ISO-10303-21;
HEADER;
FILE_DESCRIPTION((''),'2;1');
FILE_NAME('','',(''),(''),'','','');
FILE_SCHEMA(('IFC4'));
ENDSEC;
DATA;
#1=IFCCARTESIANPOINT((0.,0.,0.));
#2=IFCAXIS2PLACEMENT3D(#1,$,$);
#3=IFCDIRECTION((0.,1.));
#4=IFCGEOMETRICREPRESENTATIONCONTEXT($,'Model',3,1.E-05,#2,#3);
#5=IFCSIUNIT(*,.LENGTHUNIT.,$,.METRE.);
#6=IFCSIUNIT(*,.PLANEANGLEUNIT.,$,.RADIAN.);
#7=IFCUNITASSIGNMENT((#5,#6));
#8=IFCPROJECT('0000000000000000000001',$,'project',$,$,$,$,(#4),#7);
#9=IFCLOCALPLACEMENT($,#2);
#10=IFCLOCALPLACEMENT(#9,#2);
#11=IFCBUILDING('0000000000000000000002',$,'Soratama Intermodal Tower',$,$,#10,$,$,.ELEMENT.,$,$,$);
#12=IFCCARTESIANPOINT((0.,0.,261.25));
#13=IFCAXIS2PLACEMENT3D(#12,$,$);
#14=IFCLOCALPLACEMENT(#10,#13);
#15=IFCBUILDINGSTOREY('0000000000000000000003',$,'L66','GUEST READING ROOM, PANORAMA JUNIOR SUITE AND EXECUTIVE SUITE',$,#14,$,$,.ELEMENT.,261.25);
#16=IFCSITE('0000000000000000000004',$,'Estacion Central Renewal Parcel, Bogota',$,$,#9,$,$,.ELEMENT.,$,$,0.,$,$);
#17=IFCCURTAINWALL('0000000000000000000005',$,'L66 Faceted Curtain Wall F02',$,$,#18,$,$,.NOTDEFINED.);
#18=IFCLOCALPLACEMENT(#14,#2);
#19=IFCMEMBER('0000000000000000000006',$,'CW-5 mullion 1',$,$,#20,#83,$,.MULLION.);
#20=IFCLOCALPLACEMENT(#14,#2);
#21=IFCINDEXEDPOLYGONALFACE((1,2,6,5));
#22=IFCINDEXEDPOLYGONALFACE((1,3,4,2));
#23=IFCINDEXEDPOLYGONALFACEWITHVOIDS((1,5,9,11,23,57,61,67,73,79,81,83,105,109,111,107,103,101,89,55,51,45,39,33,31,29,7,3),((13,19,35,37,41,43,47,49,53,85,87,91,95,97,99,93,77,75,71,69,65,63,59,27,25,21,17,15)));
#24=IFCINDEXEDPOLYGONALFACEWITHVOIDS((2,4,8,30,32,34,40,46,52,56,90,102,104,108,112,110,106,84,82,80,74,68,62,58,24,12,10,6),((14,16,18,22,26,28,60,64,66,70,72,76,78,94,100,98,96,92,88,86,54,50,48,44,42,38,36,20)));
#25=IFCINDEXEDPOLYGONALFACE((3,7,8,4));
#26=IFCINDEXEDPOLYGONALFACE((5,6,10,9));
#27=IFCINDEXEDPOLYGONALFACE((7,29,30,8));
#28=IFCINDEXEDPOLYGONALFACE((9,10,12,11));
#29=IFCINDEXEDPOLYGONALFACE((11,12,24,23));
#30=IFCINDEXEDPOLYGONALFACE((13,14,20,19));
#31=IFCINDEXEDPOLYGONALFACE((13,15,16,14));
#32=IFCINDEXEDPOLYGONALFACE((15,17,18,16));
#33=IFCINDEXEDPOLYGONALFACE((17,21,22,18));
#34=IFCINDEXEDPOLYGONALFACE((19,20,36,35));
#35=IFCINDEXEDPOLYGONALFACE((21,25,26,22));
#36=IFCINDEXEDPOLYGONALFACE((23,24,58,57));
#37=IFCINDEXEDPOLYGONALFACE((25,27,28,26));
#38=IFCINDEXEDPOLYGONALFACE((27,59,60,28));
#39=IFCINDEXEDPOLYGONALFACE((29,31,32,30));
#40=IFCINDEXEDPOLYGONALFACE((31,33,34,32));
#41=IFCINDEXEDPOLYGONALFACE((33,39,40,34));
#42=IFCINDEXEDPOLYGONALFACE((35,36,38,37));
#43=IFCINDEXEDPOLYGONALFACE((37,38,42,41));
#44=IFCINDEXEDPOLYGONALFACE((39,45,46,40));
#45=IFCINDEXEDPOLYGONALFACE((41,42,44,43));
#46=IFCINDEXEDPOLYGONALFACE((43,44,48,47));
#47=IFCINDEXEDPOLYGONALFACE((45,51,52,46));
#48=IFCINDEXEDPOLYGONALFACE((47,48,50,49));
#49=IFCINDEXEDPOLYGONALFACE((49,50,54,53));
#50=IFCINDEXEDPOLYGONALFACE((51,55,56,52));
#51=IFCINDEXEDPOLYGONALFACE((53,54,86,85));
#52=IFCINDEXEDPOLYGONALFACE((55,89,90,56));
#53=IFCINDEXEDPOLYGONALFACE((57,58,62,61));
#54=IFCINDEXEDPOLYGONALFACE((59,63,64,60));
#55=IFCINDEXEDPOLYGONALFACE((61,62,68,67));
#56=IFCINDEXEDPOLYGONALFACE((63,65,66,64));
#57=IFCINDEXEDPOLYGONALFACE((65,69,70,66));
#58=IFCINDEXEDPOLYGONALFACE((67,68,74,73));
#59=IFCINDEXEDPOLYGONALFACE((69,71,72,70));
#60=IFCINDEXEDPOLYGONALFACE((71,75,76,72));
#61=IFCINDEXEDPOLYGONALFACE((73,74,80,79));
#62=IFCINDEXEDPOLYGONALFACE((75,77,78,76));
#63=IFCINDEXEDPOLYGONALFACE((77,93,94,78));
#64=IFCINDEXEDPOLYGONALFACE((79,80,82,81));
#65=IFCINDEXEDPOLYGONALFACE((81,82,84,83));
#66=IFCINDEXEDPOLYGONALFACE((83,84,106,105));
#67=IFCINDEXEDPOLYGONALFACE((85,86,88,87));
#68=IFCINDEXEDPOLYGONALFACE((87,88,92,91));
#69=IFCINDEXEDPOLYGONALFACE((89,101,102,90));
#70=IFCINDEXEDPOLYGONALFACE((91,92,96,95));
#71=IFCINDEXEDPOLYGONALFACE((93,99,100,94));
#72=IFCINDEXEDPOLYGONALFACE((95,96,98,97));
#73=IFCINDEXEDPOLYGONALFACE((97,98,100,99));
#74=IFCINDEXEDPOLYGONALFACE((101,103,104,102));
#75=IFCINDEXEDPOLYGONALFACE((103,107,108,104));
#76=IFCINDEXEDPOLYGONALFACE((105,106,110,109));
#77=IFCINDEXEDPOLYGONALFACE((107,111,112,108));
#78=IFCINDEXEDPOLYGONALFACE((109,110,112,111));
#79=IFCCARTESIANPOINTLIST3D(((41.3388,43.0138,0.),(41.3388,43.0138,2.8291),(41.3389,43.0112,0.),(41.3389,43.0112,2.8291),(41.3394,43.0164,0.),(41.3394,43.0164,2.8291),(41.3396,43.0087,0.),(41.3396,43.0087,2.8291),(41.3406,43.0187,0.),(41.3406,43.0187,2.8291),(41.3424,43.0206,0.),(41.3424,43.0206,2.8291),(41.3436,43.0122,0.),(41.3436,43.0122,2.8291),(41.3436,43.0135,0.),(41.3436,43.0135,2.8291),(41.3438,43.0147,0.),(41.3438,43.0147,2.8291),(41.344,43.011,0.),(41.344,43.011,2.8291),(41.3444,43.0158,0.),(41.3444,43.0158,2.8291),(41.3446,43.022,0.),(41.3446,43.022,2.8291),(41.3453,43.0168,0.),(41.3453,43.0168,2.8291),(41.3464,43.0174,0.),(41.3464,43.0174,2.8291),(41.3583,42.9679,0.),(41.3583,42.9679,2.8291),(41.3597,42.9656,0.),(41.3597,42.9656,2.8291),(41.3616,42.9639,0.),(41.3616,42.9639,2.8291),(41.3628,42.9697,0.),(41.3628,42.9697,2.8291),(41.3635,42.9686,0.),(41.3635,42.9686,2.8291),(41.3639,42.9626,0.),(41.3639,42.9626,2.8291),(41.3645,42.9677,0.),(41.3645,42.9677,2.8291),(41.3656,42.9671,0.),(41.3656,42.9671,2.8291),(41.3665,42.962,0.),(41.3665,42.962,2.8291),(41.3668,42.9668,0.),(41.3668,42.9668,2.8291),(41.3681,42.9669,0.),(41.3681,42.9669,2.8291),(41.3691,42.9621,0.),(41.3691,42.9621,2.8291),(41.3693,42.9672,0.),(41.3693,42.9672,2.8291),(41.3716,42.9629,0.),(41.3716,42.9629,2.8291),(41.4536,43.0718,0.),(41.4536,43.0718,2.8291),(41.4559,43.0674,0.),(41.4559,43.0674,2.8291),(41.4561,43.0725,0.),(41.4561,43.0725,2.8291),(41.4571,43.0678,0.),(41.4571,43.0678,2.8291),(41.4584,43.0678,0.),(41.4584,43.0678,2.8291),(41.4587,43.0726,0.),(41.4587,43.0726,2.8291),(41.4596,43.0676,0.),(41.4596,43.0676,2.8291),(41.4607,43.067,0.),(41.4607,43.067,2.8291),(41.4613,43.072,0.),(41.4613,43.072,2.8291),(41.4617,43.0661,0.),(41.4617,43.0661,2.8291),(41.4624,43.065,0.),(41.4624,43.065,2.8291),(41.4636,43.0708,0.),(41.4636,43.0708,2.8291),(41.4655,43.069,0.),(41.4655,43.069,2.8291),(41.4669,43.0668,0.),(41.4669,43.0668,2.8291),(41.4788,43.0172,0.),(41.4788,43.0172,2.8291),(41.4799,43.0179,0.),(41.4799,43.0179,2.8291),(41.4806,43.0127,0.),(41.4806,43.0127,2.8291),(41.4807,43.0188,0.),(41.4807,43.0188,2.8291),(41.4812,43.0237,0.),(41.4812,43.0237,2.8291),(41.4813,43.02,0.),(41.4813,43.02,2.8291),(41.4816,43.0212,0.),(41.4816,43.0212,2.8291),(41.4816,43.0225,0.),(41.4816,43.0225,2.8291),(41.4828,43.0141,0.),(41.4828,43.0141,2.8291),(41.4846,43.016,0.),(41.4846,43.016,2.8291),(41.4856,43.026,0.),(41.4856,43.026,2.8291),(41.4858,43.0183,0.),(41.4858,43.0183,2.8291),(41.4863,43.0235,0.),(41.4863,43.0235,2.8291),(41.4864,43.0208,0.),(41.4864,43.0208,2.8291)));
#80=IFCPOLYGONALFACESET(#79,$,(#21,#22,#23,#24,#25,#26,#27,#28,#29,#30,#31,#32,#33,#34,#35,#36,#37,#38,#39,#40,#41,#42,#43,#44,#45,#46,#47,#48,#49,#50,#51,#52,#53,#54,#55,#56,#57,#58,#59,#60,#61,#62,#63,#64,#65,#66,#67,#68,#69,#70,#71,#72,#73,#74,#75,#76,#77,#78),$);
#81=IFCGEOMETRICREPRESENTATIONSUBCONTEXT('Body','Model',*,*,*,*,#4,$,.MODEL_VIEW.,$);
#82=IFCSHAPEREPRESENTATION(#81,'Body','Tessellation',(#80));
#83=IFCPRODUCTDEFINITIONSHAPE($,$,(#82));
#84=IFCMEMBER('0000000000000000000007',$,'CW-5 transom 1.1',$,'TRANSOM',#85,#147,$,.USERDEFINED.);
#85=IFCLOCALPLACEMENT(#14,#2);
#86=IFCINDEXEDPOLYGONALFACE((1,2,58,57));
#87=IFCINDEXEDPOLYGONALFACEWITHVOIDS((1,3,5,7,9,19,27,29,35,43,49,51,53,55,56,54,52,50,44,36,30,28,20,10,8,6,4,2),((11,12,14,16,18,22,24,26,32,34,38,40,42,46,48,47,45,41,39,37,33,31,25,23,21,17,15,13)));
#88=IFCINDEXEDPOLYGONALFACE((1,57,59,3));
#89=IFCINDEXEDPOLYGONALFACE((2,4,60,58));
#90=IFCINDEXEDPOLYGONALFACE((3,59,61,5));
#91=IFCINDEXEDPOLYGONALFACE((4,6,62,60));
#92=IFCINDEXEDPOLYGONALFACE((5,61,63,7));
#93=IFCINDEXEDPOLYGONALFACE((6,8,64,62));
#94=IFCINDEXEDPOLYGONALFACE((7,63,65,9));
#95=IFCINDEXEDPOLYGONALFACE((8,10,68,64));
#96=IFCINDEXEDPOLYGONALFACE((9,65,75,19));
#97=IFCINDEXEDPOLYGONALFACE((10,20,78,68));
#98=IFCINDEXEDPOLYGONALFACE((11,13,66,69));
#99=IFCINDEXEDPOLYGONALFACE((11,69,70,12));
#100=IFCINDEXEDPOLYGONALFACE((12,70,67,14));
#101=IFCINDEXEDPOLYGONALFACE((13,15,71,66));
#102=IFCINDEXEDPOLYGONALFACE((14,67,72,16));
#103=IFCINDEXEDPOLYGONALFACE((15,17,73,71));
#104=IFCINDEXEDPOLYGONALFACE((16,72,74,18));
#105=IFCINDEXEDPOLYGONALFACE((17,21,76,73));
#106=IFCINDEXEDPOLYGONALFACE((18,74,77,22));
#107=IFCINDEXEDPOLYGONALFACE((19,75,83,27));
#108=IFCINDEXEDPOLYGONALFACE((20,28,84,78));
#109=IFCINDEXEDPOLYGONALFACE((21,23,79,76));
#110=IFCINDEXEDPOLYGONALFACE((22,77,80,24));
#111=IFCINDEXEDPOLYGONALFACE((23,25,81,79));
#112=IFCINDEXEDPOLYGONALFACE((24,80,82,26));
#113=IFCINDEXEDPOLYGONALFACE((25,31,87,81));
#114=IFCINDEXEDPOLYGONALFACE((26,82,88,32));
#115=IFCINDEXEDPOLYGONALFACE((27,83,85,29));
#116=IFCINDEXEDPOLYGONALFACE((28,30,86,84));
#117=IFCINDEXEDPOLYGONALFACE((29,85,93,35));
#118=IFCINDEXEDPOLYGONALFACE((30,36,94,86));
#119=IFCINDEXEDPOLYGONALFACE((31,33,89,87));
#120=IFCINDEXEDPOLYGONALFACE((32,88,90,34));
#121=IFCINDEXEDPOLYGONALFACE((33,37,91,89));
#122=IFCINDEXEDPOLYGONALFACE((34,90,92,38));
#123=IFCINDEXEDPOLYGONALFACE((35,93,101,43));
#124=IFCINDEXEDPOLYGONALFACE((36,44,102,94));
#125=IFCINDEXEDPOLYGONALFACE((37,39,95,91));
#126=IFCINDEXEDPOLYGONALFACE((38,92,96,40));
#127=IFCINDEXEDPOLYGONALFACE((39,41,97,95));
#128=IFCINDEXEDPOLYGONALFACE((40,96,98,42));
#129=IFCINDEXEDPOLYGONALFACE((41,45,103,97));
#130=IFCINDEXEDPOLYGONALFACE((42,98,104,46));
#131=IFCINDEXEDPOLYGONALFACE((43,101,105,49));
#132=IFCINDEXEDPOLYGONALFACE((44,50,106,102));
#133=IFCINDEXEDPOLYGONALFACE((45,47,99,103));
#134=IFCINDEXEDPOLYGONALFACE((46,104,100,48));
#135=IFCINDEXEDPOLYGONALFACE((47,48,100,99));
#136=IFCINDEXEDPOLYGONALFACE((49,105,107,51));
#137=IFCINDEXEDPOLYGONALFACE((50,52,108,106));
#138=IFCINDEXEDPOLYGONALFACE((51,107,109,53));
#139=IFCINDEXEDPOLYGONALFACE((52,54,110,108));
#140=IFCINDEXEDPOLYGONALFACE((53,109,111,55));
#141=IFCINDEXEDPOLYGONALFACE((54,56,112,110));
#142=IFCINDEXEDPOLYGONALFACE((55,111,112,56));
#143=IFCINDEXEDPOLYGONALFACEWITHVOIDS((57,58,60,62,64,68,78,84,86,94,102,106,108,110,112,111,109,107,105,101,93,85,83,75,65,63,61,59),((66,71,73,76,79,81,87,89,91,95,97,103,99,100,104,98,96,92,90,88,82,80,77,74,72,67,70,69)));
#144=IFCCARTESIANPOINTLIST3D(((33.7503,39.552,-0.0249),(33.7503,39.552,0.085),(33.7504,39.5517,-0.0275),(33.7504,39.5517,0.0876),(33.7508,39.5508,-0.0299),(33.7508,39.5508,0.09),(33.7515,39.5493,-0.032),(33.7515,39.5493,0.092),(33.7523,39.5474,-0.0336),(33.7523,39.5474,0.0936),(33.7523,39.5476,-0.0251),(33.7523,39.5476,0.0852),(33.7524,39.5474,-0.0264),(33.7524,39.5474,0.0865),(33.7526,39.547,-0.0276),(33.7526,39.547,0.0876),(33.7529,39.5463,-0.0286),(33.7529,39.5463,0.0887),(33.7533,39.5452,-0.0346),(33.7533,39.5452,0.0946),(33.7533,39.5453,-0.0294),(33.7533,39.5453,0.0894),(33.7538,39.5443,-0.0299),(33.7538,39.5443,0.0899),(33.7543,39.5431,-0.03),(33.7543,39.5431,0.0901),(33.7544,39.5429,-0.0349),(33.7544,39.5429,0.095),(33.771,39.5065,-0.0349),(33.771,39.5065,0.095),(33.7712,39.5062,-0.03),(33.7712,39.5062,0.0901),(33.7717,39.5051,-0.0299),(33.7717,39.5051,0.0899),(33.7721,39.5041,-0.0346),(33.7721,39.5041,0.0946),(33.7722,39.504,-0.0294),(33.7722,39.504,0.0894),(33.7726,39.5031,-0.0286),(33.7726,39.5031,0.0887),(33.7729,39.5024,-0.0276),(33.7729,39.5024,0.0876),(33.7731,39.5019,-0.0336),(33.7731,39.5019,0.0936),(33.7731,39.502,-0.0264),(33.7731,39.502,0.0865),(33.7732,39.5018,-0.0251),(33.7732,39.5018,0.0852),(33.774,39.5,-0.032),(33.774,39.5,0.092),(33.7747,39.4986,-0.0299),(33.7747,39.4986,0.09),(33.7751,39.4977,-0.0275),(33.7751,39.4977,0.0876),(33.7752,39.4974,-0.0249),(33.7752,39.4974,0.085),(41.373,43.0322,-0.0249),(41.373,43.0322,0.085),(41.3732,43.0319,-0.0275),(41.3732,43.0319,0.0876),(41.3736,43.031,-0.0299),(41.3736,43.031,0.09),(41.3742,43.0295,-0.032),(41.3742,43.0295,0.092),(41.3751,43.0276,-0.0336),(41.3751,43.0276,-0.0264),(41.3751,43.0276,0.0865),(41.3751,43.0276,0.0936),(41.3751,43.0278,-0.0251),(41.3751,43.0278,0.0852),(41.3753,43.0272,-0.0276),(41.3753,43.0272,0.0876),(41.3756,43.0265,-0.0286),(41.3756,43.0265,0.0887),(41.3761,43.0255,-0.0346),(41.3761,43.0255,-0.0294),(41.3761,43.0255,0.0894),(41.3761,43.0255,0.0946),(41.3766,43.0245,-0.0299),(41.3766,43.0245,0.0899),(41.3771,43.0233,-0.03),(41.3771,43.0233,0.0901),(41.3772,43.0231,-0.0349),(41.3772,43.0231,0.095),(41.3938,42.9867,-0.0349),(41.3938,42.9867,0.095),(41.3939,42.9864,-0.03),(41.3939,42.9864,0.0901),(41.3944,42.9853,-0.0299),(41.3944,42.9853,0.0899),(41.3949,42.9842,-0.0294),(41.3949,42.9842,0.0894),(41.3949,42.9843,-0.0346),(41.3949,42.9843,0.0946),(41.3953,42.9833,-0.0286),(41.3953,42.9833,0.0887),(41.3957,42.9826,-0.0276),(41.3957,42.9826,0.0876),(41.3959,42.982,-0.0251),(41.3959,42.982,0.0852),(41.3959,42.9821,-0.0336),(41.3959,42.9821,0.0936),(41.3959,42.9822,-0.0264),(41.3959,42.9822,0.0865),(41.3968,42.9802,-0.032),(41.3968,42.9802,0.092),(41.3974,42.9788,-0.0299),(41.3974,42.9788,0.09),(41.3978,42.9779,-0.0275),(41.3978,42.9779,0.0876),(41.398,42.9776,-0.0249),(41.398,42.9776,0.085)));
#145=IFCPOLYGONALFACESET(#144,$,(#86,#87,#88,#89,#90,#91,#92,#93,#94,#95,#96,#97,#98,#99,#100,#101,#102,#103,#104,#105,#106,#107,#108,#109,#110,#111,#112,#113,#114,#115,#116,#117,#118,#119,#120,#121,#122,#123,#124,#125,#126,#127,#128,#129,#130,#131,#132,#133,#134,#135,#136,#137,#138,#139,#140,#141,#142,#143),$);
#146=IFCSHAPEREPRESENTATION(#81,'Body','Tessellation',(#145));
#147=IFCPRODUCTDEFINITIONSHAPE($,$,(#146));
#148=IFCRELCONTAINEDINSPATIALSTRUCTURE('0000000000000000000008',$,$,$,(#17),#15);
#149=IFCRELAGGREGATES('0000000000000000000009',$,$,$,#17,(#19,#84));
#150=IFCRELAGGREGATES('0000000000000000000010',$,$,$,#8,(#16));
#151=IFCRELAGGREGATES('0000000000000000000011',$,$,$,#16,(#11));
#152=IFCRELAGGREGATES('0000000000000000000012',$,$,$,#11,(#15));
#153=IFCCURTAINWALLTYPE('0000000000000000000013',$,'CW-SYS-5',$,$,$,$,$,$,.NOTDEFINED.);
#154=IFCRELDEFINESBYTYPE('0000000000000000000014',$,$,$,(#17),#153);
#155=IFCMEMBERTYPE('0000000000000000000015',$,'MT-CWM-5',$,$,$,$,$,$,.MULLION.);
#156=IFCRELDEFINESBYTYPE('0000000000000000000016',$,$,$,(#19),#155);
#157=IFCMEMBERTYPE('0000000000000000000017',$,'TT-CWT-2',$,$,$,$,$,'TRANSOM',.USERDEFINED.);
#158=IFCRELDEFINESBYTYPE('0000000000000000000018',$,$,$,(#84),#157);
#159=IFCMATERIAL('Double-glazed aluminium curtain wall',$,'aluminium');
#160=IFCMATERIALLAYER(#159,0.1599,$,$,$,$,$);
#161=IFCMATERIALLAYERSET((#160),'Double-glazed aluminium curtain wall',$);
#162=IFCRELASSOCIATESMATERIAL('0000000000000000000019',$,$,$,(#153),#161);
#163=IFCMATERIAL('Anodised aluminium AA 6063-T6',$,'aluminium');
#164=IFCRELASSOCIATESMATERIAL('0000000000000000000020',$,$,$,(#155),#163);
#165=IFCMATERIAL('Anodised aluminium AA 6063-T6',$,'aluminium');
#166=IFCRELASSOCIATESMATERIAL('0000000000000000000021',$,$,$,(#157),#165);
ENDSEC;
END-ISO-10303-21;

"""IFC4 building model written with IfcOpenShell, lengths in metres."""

from ifc_helpers import new_model, si_unit, direction, frame, origin, origin_2d, place, context, subcontext, project, spatial, hollow_rectangle, extrude, material, layer, layer_set, material_profile, profile_set, type_object, element, aggregate, save


model = new_model("IFC4")

# Units and contexts
model_context = context("Model", 3, precision=1e-05, world=origin(), true_north=direction((0.0, 1.0)))
body_context = subcontext(model_context, "Body", "Model", "MODEL_VIEW")
ifc_project = project(units=[si_unit("LENGTHUNIT", "METRE"), si_unit("PLANEANGLEUNIT", "RADIAN")], contexts=[model_context])

# Site, building, storey
site_placement = place(None, origin())
site = spatial("IfcSite", under=ifc_project, at=site_placement, Name="Estacion Central Renewal Parcel, Bogota", CompositionType="ELEMENT", RefElevation=0.0)
building_placement = place(site_placement, origin())
building = spatial("IfcBuilding", under=site, at=building_placement, Name="Soratama Intermodal Tower", CompositionType="ELEMENT")
storey_placement = place(building_placement, frame((0.0, 0.0, 261.25)))
storey = spatial("IfcBuildingStorey", under=building, at=storey_placement, Name="L66", Description="GUEST READING ROOM, PANORAMA JUNIOR SUITE AND EXECUTIVE SUITE", CompositionType="ELEMENT", Elevation=261.25)

# Curtain wall, members
ifc_material_1 = material(Name="Double-glazed aluminium curtain wall", Category="aluminium")
ifc_layer_1 = layer(ifc_material_1, 0.1599)
ifc_layer_set_1 = layer_set([ifc_layer_1], Name="Double-glazed aluminium curtain wall")
curtain_wall_type = type_object("IfcCurtainWallType", Name="CW-SYS-5", PredefinedType="NOTDEFINED", material=ifc_layer_set_1)
curtain_wall_placement = place(storey_placement, origin())
curtain_wall = element("IfcCurtainWall", 1, at=curtain_wall_placement, inside=storey, type_object=curtain_wall_type, Name="L66 Faceted Curtain Wall F02", PredefinedType="NOTDEFINED")
ifc_material_2 = material(Name="Anodised aluminium AA 6063-T6", Category="aluminium")
ifc_material_profile_1 = material_profile(ifc_material_2, hollow_rectangle(XDim=0.0649, YDim=0.1399, WallThickness=0.0049, InnerFilletRadius=0.0049, OuterFilletRadius=0.01, at=origin_2d()), Name="CWM140X65X5")
ifc_profile_set_1 = profile_set([ifc_material_profile_1], Name="Anodised aluminium AA 6063-T6")
member_type_1 = type_object("IfcMemberType", Name="MT-CWM-5", PredefinedType="MULLION", material=ifc_profile_set_1)
member_1_placement = place(storey_placement, frame((41.4126, 43.0173, 0.0), z_axis=(0.0, 0.0, 1.0), x_axis=(0.415329, -0.909671, 0.0)))
member_1 = element("IfcMember", 2, at=member_1_placement, type_object=member_type_1, Name="CW-5 mullion 1", PredefinedType="MULLION", context=body_context, shape_type="SweptSolid", body=[
    extrude(hollow_rectangle(XDim=0.0649, YDim=0.1399, WallThickness=0.0049, InnerFilletRadius=0.0049, OuterFilletRadius=0.01, at=origin_2d()), origin(), (0.0, 0.0, 1.0), 2.8291),
])
ifc_material_3 = material(Name="Anodised aluminium AA 6063-T6", Category="aluminium")
ifc_material_profile_2 = material_profile(ifc_material_3, hollow_rectangle(XDim=0.0601, YDim=0.1299, WallThickness=0.0049, InnerFilletRadius=0.0049, OuterFilletRadius=0.01, at=origin_2d()), Name="CWT130X60X5")
ifc_profile_set_2 = profile_set([ifc_material_profile_2], Name="Anodised aluminium AA 6063-T6")
member_type_2 = type_object("IfcMemberType", Name="TT-CWT-2", ElementType="TRANSOM", PredefinedType="USERDEFINED", material=ifc_profile_set_2)
member_2_placement = place(storey_placement, frame((41.3855, 43.0049, 0.03), z_axis=(-0.909677, -0.415317, 0.0), x_axis=(0.415317, -0.909677, 0.0)))
member_2 = element("IfcMember", 3, at=member_2_placement, type_object=member_type_2, Name="CW-5 transom 1.1", ObjectType="TRANSOM", PredefinedType="USERDEFINED", context=body_context, shape_type="SweptSolid", body=[
    extrude(hollow_rectangle(XDim=0.0601, YDim=0.1299, WallThickness=0.0049, InnerFilletRadius=0.0049, OuterFilletRadius=0.01, at=origin_2d()), origin(), (0.0, 0.0, 1.0), 8.3796),
])
aggregate(curtain_wall, [member_1, member_2])

save(model, "model.ifc")
